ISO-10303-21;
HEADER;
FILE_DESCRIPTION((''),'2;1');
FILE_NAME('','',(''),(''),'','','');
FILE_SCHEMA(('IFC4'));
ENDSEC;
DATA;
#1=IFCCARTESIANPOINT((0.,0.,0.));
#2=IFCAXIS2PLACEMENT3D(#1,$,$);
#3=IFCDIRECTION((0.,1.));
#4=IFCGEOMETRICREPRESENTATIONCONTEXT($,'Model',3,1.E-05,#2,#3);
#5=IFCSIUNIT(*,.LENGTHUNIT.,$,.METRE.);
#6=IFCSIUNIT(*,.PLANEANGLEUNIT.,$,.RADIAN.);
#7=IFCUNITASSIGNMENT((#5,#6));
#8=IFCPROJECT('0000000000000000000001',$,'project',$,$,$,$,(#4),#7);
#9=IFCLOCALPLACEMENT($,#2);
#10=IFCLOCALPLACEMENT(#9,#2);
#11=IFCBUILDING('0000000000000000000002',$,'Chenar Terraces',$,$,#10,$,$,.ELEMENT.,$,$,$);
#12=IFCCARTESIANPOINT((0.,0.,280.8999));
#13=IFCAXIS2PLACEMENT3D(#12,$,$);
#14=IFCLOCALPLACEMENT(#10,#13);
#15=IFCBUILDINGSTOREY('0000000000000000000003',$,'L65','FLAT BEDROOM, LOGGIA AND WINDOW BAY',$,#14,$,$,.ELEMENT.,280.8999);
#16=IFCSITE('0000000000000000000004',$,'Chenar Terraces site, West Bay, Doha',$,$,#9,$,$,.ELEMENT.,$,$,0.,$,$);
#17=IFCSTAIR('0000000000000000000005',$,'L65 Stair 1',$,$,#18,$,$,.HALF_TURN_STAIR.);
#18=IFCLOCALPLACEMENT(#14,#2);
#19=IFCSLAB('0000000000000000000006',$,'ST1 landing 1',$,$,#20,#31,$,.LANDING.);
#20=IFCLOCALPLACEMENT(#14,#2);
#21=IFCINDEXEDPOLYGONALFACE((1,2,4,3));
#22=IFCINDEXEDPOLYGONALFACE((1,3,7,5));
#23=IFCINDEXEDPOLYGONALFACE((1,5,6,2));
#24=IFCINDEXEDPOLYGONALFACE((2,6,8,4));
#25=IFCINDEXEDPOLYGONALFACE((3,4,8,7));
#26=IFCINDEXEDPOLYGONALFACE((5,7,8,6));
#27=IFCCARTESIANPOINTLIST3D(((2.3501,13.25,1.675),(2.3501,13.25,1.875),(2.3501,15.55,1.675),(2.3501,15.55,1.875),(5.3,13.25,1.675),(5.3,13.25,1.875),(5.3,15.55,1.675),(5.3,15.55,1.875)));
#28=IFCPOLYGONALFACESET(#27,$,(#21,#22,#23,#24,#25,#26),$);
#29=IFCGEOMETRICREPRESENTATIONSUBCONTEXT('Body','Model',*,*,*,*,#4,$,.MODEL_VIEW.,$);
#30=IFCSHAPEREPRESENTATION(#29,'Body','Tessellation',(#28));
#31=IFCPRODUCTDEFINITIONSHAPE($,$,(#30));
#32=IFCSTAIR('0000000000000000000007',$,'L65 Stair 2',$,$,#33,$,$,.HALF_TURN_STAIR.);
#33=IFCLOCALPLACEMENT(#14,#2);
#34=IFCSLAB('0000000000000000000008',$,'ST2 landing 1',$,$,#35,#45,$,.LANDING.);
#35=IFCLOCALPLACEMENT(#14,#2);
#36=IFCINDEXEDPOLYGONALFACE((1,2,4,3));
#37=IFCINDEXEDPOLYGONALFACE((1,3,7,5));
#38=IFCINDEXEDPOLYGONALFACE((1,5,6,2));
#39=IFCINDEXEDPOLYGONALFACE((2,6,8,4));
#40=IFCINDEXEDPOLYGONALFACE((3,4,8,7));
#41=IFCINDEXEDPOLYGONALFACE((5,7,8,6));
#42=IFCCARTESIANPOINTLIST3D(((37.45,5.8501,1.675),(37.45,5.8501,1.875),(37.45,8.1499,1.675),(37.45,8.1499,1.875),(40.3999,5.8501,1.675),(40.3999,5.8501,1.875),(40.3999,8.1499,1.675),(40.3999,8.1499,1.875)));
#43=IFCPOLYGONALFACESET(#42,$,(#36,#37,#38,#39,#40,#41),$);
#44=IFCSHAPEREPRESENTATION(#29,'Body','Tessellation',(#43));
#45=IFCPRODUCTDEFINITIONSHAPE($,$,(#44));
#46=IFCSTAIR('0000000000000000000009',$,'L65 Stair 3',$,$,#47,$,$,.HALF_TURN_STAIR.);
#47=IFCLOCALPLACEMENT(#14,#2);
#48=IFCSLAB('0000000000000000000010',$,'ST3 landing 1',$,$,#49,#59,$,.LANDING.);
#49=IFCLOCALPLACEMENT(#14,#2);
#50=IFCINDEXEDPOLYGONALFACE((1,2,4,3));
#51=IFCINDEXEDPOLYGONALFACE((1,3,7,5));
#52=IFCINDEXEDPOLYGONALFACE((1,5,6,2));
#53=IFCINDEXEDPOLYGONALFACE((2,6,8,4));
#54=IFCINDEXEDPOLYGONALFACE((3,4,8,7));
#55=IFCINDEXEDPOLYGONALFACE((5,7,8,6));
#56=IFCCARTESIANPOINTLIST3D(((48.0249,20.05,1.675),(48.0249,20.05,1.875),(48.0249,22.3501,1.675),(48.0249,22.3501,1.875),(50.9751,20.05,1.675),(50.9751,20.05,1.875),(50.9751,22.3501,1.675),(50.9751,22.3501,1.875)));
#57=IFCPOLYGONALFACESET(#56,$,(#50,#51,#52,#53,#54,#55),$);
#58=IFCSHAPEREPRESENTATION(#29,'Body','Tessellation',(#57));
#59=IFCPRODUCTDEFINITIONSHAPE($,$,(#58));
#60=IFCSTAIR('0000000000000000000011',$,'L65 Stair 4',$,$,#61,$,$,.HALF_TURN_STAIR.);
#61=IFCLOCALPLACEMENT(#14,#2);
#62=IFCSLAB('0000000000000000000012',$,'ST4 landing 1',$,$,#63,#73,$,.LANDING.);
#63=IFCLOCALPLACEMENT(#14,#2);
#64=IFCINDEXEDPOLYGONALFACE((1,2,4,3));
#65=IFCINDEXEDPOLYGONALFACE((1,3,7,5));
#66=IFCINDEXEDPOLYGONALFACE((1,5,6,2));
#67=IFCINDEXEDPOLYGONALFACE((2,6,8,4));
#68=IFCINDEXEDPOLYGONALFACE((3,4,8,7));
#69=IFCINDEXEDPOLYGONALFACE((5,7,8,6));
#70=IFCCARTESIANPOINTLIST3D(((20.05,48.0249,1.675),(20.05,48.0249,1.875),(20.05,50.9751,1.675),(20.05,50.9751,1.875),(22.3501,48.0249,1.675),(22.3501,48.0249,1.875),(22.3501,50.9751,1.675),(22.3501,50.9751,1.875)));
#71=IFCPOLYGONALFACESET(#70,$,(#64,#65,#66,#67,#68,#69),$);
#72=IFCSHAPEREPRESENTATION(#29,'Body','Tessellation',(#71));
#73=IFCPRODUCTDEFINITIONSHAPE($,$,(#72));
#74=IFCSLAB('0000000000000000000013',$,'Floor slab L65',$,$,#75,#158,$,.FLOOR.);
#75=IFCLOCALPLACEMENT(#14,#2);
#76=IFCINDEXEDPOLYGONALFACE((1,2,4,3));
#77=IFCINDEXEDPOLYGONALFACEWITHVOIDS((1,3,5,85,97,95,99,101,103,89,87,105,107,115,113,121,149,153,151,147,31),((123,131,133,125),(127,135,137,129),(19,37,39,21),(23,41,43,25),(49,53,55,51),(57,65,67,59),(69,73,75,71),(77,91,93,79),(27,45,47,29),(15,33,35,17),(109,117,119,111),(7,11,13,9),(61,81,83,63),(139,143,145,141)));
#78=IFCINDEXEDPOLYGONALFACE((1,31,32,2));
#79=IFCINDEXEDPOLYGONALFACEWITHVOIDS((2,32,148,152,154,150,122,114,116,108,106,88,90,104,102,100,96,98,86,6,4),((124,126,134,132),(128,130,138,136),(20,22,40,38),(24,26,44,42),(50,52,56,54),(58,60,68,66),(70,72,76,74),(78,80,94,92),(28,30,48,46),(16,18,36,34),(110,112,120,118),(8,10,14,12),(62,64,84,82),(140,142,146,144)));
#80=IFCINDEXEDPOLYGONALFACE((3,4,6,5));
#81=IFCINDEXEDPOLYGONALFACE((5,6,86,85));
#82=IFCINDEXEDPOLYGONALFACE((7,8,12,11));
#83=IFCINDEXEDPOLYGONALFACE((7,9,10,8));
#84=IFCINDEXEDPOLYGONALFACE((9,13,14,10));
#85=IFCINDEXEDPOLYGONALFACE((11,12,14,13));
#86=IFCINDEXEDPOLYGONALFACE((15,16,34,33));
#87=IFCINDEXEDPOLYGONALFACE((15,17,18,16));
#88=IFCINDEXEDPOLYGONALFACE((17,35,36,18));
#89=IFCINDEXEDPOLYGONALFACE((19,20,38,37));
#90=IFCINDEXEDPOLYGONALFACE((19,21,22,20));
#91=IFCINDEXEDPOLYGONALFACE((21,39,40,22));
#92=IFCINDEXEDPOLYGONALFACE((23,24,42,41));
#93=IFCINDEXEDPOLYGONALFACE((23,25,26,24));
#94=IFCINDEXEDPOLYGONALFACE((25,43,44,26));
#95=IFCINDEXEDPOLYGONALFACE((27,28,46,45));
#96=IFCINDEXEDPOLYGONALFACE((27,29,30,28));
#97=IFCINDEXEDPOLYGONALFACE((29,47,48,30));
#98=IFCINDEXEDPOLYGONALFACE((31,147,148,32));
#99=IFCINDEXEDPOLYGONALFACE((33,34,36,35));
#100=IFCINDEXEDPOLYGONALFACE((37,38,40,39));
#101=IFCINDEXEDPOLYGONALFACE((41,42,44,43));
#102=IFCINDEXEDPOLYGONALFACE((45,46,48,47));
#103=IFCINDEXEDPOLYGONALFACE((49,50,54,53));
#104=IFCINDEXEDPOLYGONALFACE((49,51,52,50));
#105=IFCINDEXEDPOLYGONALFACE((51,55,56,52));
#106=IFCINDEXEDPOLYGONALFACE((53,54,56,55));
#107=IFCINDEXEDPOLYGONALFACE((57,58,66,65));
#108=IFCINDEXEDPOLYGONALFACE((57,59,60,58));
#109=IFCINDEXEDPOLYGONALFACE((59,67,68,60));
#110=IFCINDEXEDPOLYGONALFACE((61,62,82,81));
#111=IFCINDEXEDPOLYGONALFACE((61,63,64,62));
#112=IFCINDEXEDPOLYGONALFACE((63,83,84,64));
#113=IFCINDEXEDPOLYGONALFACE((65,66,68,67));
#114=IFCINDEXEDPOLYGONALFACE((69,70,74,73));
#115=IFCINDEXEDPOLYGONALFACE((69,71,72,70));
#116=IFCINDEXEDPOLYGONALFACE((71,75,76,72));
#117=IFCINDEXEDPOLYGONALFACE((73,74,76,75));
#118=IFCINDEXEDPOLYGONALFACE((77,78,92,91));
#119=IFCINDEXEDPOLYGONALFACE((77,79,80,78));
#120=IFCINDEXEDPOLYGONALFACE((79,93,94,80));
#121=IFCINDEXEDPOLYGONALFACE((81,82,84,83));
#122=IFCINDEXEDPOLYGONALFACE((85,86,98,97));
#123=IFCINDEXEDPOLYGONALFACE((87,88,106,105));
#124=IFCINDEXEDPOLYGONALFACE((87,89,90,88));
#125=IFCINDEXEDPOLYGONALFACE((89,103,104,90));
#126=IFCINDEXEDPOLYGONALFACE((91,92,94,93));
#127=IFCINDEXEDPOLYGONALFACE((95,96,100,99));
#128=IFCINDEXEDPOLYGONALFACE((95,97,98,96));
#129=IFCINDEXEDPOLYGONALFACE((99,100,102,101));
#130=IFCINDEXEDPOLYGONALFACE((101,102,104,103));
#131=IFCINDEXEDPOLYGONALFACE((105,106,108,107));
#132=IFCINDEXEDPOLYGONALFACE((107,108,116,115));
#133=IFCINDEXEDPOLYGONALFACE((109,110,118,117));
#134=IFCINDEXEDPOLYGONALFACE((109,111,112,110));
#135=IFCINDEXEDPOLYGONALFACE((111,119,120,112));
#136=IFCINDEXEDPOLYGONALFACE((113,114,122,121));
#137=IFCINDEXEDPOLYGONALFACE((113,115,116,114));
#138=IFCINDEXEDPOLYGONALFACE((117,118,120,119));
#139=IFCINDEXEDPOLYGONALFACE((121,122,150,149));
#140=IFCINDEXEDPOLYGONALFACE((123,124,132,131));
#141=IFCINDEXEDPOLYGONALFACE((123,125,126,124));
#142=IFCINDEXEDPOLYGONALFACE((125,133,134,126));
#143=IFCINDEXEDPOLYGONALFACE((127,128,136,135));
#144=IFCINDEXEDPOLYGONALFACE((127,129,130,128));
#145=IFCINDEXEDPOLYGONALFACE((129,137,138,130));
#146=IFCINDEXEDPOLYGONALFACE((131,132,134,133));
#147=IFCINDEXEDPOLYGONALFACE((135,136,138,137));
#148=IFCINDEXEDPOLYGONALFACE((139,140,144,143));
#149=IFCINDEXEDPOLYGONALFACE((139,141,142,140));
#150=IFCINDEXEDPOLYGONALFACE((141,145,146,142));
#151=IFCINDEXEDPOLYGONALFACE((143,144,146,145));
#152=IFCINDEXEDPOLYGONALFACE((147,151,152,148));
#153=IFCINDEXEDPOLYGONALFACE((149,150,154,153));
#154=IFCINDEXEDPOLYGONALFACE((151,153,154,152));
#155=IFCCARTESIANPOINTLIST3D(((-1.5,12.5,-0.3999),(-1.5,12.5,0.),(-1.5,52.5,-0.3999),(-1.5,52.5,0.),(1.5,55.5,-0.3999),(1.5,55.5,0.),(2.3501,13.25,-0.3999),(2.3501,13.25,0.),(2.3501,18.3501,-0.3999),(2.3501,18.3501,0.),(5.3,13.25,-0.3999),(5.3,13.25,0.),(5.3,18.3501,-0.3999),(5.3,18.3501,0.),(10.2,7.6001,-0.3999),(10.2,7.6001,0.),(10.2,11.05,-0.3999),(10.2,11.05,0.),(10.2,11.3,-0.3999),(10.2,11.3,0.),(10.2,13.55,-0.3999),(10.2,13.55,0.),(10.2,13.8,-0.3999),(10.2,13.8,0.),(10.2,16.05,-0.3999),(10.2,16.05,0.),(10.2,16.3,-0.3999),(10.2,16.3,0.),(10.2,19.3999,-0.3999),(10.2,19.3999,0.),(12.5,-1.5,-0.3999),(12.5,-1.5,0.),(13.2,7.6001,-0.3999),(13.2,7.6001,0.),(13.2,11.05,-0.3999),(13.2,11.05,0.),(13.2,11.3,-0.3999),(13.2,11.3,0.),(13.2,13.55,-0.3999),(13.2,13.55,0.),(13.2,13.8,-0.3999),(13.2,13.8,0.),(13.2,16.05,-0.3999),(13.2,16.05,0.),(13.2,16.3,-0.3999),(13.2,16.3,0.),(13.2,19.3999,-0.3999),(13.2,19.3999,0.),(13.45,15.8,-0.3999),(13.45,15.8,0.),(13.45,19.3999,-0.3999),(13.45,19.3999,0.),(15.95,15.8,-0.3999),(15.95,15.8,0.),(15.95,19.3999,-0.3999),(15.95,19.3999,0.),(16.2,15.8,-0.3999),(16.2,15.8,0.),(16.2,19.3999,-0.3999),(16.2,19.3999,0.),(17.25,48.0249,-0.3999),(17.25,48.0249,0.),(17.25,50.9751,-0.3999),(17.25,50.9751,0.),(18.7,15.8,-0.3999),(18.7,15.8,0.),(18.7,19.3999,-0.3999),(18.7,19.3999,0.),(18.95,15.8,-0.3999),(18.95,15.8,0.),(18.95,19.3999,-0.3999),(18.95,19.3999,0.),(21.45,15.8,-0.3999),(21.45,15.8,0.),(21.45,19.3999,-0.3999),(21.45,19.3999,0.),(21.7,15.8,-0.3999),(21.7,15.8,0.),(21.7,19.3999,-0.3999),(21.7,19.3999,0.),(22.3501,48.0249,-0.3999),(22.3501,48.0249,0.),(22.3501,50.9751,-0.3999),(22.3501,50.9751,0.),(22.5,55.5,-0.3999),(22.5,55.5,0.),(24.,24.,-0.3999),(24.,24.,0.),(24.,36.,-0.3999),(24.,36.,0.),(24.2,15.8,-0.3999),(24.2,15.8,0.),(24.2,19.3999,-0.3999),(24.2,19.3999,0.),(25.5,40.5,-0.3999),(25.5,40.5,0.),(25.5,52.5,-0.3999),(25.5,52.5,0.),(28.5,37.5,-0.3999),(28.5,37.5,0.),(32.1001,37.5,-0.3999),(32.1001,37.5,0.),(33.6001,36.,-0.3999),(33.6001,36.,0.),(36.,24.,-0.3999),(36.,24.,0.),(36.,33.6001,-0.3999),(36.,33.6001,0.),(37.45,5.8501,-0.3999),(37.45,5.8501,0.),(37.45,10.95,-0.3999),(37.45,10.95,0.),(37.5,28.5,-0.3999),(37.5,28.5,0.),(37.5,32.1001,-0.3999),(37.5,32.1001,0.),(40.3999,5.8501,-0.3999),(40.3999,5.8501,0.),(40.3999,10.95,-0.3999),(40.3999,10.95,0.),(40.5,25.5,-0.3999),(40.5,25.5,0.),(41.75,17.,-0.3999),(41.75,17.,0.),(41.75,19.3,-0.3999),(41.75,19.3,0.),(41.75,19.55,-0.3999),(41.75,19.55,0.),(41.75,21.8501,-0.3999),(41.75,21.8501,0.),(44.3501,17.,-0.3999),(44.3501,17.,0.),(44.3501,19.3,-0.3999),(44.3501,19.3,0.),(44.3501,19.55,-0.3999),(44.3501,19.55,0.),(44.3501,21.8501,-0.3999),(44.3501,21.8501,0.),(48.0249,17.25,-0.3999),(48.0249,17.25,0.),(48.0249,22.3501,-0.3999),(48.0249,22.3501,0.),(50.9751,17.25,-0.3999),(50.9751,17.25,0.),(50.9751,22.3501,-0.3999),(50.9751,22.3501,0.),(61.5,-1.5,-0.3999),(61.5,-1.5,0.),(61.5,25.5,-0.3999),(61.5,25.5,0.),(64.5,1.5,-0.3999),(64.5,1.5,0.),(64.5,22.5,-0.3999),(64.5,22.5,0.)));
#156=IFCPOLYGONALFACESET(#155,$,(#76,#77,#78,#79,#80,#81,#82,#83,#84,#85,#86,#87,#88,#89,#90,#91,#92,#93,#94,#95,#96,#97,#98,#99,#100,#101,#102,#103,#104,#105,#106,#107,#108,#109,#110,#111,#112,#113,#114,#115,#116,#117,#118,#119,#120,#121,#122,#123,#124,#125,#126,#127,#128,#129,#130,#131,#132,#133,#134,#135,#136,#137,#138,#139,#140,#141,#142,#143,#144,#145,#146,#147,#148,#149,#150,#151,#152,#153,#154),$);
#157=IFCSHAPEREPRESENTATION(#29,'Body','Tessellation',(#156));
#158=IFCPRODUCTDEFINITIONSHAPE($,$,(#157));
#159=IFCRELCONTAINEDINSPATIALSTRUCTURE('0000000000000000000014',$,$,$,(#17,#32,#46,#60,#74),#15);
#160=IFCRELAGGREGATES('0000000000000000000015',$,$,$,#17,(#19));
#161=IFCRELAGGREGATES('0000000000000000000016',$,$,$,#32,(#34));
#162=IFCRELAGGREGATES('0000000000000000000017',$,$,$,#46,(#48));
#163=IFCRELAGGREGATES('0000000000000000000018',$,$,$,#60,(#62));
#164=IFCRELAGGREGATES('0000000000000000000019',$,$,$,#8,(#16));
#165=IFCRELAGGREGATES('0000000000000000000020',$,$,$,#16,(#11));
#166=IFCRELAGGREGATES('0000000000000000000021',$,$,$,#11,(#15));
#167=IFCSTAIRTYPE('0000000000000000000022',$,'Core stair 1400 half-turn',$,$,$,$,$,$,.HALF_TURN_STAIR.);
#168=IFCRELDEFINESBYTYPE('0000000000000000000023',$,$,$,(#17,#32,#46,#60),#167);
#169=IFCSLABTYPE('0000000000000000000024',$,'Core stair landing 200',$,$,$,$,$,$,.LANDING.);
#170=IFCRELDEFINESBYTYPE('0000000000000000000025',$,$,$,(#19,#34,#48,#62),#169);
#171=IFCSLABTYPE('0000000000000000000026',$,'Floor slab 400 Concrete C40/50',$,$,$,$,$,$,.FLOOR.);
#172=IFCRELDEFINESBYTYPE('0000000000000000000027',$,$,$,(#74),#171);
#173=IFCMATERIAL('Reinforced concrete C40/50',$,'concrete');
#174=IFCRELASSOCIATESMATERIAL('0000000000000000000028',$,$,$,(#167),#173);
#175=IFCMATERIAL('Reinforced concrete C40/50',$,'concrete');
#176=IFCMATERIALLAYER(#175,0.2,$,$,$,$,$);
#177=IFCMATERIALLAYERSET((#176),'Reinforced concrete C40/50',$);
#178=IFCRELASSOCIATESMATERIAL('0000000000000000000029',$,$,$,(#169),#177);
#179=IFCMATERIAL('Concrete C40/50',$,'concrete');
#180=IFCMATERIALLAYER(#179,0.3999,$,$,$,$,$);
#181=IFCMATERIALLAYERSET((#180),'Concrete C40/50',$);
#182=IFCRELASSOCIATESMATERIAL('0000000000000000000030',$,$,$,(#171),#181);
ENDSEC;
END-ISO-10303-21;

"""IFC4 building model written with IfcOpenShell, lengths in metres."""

from ifc_helpers import new_model, si_unit, direction, frame, origin, place, context, subcontext, project, spatial, polyline, outline, extrude, material, layer, layer_set, type_object, element, aggregate, save


model = new_model("IFC4")

# Units and contexts
model_context = context("Model", 3, precision=1e-05, world=origin(), true_north=direction((0.0, 1.0)))
body_context = subcontext(model_context, "Body", "Model", "MODEL_VIEW")
ifc_project = project(units=[si_unit("LENGTHUNIT", "METRE"), si_unit("PLANEANGLEUNIT", "RADIAN")], contexts=[model_context])

# Site, building, storey
site_placement = place(None, origin())
site = spatial("IfcSite", under=ifc_project, at=site_placement, Name="Chenar Terraces site, West Bay, Doha", CompositionType="ELEMENT", RefElevation=0.0)
building_placement = place(site_placement, origin())
building = spatial("IfcBuilding", under=site, at=building_placement, Name="Chenar Terraces", CompositionType="ELEMENT")
storey_placement = place(building_placement, frame((0.0, 0.0, 280.8999)))
storey = spatial("IfcBuildingStorey", under=building, at=storey_placement, Name="L65", Description="FLAT BEDROOM, LOGGIA AND WINDOW BAY", CompositionType="ELEMENT", Elevation=280.8999)

# Stairs, slabs
ifc_material_1 = material(Name="Reinforced concrete C40/50", Category="concrete")
stair_type = type_object("IfcStairType", Name="Core stair 1400 half-turn", PredefinedType="HALF_TURN_STAIR", material=ifc_material_1)
placement_1 = place(storey_placement, origin())
stair_1 = element("IfcStair", 1, at=placement_1, inside=storey, type_object=stair_type, Name="L65 Stair 1", PredefinedType="HALF_TURN_STAIR")
ifc_material_2 = material(Name="Reinforced concrete C40/50", Category="concrete")
ifc_layer_1 = layer(ifc_material_2, 0.2)
ifc_layer_set_1 = layer_set([ifc_layer_1], Name="Reinforced concrete C40/50")
slab_type_1 = type_object("IfcSlabType", Name="Core stair landing 200", PredefinedType="LANDING", material=ifc_layer_set_1)
placement_2 = place(storey_placement, frame((0.0, 0.0, 1.675)))
slab_1 = element("IfcSlab", 2, at=placement_2, type_object=slab_type_1, Name="ST1 landing 1", PredefinedType="LANDING", context=body_context, shape_type="SweptSolid", body=[
    extrude(outline(polyline([(2.3501, 15.55), (2.3501, 13.25), (5.3, 13.25), (5.3, 15.55), (2.3501, 15.55)])), origin(), (0.0, 0.0, 1.0), 0.2),
])
aggregate(stair_1, [slab_1])
stair_2 = element("IfcStair", 3, at=placement_1, inside=storey, type_object=stair_type, Name="L65 Stair 2", PredefinedType="HALF_TURN_STAIR")
slab_2 = element("IfcSlab", 4, at=placement_2, type_object=slab_type_1, Name="ST2 landing 1", PredefinedType="LANDING", context=body_context, shape_type="SweptSolid", body=[
    extrude(outline(polyline([(37.45, 8.1499), (37.45, 5.8501), (40.3999, 5.8501), (40.3999, 8.1499), (37.45, 8.1499)])), origin(), (0.0, 0.0, 1.0), 0.2),
])
aggregate(stair_2, [slab_2])
stair_3 = element("IfcStair", 5, at=placement_1, inside=storey, type_object=stair_type, Name="L65 Stair 3", PredefinedType="HALF_TURN_STAIR")
slab_3 = element("IfcSlab", 6, at=placement_2, type_object=slab_type_1, Name="ST3 landing 1", PredefinedType="LANDING", context=body_context, shape_type="SweptSolid", body=[
    extrude(outline(polyline([(50.9751, 20.05), (50.9751, 22.3501), (48.0249, 22.3501), (48.0249, 20.05), (50.9751, 20.05)])), origin(), (0.0, 0.0, 1.0), 0.2),
])
aggregate(stair_3, [slab_3])
stair_4 = element("IfcStair", 7, at=placement_1, inside=storey, type_object=stair_type, Name="L65 Stair 4", PredefinedType="HALF_TURN_STAIR")
slab_4 = element("IfcSlab", 8, at=placement_2, type_object=slab_type_1, Name="ST4 landing 1", PredefinedType="LANDING", context=body_context, shape_type="SweptSolid", body=[
    extrude(outline(polyline([(20.05, 48.0249), (22.3501, 48.0249), (22.3501, 50.9751), (20.05, 50.9751), (20.05, 48.0249)])), origin(), (0.0, 0.0, 1.0), 0.2),
])
aggregate(stair_4, [slab_4])

# Slab
ifc_material_3 = material(Name="Concrete C40/50", Category="concrete")
ifc_layer_2 = layer(ifc_material_3, 0.3999)
ifc_layer_set_2 = layer_set([ifc_layer_2], Name="Concrete C40/50")
slab_type_2 = type_object("IfcSlabType", Name="Floor slab 400 Concrete C40/50", PredefinedType="FLOOR", material=ifc_layer_set_2)
slab_5_placement = place(storey_placement, frame((0.0, 0.0, -0.3999)))
element("IfcSlab", 9, at=slab_5_placement, inside=storey, type_object=slab_type_2, Name="Floor slab L65", PredefinedType="FLOOR", context=body_context, shape_type="SweptSolid", body=[
    extrude(outline(polyline([(64.5, 22.5), (64.5, 1.5), (61.5, -1.5), (12.5, -1.5), (-1.5, 12.5), (-1.5, 52.5), (1.5, 55.5), (22.5, 55.5), (25.5, 52.5), (25.5, 40.5), (28.5, 37.5), (32.1001, 37.5), (33.6001, 36.0), (24.0, 36.0), (24.0, 24.0), (36.0, 24.0), (36.0, 33.6001), (37.5, 32.1001), (37.5, 28.5), (40.5, 25.5), (61.5, 25.5), (64.5, 22.5)]), holes=[polyline([(10.2, 11.05), (10.2, 7.6001), (13.2, 7.6001), (13.2, 11.05), (10.2, 11.05)]), polyline([(13.2, 13.55), (10.2, 13.55), (10.2, 11.3), (13.2, 11.3), (13.2, 13.55)]), polyline([(13.2, 16.05), (10.2, 16.05), (10.2, 13.8), (13.2, 13.8), (13.2, 16.05)]), polyline([(2.3501, 13.25), (5.3, 13.25), (5.3, 18.3501), (2.3501, 18.3501), (2.3501, 13.25)]), polyline([(15.95, 19.3999), (13.45, 19.3999), (13.45, 15.8), (15.95, 15.8), (15.95, 19.3999)]), polyline([(18.7, 19.3999), (16.2, 19.3999), (16.2, 15.8), (18.7, 15.8), (18.7, 19.3999)]), polyline([(13.2, 19.3999), (10.2, 19.3999), (10.2, 16.3), (13.2, 16.3), (13.2, 19.3999)]), polyline([(22.3501, 48.0249), (22.3501, 50.9751), (17.25, 50.9751), (17.25, 48.0249), (22.3501, 48.0249)]), polyline([(37.45, 5.8501), (40.3999, 5.8501), (40.3999, 10.95), (37.45, 10.95), (37.45, 5.8501)]), polyline([(21.45, 19.3999), (18.95, 19.3999), (18.95, 15.8), (21.45, 15.8), (21.45, 19.3999)]), polyline([(24.2, 19.3999), (21.7, 19.3999), (21.7, 15.8), (24.2, 15.8), (24.2, 19.3999)]), polyline([(44.3501, 19.3), (41.75, 19.3), (41.75, 17.0), (44.3501, 17.0), (44.3501, 19.3)]), polyline([(50.9751, 22.3501), (48.0249, 22.3501), (48.0249, 17.25), (50.9751, 17.25), (50.9751, 22.3501)]), polyline([(44.3501, 21.8501), (41.75, 21.8501), (41.75, 19.55), (44.3501, 19.55), (44.3501, 21.8501)])]), origin(), (0.0, 0.0, 1.0), 0.3999),
])

save(model, "model.ifc")
